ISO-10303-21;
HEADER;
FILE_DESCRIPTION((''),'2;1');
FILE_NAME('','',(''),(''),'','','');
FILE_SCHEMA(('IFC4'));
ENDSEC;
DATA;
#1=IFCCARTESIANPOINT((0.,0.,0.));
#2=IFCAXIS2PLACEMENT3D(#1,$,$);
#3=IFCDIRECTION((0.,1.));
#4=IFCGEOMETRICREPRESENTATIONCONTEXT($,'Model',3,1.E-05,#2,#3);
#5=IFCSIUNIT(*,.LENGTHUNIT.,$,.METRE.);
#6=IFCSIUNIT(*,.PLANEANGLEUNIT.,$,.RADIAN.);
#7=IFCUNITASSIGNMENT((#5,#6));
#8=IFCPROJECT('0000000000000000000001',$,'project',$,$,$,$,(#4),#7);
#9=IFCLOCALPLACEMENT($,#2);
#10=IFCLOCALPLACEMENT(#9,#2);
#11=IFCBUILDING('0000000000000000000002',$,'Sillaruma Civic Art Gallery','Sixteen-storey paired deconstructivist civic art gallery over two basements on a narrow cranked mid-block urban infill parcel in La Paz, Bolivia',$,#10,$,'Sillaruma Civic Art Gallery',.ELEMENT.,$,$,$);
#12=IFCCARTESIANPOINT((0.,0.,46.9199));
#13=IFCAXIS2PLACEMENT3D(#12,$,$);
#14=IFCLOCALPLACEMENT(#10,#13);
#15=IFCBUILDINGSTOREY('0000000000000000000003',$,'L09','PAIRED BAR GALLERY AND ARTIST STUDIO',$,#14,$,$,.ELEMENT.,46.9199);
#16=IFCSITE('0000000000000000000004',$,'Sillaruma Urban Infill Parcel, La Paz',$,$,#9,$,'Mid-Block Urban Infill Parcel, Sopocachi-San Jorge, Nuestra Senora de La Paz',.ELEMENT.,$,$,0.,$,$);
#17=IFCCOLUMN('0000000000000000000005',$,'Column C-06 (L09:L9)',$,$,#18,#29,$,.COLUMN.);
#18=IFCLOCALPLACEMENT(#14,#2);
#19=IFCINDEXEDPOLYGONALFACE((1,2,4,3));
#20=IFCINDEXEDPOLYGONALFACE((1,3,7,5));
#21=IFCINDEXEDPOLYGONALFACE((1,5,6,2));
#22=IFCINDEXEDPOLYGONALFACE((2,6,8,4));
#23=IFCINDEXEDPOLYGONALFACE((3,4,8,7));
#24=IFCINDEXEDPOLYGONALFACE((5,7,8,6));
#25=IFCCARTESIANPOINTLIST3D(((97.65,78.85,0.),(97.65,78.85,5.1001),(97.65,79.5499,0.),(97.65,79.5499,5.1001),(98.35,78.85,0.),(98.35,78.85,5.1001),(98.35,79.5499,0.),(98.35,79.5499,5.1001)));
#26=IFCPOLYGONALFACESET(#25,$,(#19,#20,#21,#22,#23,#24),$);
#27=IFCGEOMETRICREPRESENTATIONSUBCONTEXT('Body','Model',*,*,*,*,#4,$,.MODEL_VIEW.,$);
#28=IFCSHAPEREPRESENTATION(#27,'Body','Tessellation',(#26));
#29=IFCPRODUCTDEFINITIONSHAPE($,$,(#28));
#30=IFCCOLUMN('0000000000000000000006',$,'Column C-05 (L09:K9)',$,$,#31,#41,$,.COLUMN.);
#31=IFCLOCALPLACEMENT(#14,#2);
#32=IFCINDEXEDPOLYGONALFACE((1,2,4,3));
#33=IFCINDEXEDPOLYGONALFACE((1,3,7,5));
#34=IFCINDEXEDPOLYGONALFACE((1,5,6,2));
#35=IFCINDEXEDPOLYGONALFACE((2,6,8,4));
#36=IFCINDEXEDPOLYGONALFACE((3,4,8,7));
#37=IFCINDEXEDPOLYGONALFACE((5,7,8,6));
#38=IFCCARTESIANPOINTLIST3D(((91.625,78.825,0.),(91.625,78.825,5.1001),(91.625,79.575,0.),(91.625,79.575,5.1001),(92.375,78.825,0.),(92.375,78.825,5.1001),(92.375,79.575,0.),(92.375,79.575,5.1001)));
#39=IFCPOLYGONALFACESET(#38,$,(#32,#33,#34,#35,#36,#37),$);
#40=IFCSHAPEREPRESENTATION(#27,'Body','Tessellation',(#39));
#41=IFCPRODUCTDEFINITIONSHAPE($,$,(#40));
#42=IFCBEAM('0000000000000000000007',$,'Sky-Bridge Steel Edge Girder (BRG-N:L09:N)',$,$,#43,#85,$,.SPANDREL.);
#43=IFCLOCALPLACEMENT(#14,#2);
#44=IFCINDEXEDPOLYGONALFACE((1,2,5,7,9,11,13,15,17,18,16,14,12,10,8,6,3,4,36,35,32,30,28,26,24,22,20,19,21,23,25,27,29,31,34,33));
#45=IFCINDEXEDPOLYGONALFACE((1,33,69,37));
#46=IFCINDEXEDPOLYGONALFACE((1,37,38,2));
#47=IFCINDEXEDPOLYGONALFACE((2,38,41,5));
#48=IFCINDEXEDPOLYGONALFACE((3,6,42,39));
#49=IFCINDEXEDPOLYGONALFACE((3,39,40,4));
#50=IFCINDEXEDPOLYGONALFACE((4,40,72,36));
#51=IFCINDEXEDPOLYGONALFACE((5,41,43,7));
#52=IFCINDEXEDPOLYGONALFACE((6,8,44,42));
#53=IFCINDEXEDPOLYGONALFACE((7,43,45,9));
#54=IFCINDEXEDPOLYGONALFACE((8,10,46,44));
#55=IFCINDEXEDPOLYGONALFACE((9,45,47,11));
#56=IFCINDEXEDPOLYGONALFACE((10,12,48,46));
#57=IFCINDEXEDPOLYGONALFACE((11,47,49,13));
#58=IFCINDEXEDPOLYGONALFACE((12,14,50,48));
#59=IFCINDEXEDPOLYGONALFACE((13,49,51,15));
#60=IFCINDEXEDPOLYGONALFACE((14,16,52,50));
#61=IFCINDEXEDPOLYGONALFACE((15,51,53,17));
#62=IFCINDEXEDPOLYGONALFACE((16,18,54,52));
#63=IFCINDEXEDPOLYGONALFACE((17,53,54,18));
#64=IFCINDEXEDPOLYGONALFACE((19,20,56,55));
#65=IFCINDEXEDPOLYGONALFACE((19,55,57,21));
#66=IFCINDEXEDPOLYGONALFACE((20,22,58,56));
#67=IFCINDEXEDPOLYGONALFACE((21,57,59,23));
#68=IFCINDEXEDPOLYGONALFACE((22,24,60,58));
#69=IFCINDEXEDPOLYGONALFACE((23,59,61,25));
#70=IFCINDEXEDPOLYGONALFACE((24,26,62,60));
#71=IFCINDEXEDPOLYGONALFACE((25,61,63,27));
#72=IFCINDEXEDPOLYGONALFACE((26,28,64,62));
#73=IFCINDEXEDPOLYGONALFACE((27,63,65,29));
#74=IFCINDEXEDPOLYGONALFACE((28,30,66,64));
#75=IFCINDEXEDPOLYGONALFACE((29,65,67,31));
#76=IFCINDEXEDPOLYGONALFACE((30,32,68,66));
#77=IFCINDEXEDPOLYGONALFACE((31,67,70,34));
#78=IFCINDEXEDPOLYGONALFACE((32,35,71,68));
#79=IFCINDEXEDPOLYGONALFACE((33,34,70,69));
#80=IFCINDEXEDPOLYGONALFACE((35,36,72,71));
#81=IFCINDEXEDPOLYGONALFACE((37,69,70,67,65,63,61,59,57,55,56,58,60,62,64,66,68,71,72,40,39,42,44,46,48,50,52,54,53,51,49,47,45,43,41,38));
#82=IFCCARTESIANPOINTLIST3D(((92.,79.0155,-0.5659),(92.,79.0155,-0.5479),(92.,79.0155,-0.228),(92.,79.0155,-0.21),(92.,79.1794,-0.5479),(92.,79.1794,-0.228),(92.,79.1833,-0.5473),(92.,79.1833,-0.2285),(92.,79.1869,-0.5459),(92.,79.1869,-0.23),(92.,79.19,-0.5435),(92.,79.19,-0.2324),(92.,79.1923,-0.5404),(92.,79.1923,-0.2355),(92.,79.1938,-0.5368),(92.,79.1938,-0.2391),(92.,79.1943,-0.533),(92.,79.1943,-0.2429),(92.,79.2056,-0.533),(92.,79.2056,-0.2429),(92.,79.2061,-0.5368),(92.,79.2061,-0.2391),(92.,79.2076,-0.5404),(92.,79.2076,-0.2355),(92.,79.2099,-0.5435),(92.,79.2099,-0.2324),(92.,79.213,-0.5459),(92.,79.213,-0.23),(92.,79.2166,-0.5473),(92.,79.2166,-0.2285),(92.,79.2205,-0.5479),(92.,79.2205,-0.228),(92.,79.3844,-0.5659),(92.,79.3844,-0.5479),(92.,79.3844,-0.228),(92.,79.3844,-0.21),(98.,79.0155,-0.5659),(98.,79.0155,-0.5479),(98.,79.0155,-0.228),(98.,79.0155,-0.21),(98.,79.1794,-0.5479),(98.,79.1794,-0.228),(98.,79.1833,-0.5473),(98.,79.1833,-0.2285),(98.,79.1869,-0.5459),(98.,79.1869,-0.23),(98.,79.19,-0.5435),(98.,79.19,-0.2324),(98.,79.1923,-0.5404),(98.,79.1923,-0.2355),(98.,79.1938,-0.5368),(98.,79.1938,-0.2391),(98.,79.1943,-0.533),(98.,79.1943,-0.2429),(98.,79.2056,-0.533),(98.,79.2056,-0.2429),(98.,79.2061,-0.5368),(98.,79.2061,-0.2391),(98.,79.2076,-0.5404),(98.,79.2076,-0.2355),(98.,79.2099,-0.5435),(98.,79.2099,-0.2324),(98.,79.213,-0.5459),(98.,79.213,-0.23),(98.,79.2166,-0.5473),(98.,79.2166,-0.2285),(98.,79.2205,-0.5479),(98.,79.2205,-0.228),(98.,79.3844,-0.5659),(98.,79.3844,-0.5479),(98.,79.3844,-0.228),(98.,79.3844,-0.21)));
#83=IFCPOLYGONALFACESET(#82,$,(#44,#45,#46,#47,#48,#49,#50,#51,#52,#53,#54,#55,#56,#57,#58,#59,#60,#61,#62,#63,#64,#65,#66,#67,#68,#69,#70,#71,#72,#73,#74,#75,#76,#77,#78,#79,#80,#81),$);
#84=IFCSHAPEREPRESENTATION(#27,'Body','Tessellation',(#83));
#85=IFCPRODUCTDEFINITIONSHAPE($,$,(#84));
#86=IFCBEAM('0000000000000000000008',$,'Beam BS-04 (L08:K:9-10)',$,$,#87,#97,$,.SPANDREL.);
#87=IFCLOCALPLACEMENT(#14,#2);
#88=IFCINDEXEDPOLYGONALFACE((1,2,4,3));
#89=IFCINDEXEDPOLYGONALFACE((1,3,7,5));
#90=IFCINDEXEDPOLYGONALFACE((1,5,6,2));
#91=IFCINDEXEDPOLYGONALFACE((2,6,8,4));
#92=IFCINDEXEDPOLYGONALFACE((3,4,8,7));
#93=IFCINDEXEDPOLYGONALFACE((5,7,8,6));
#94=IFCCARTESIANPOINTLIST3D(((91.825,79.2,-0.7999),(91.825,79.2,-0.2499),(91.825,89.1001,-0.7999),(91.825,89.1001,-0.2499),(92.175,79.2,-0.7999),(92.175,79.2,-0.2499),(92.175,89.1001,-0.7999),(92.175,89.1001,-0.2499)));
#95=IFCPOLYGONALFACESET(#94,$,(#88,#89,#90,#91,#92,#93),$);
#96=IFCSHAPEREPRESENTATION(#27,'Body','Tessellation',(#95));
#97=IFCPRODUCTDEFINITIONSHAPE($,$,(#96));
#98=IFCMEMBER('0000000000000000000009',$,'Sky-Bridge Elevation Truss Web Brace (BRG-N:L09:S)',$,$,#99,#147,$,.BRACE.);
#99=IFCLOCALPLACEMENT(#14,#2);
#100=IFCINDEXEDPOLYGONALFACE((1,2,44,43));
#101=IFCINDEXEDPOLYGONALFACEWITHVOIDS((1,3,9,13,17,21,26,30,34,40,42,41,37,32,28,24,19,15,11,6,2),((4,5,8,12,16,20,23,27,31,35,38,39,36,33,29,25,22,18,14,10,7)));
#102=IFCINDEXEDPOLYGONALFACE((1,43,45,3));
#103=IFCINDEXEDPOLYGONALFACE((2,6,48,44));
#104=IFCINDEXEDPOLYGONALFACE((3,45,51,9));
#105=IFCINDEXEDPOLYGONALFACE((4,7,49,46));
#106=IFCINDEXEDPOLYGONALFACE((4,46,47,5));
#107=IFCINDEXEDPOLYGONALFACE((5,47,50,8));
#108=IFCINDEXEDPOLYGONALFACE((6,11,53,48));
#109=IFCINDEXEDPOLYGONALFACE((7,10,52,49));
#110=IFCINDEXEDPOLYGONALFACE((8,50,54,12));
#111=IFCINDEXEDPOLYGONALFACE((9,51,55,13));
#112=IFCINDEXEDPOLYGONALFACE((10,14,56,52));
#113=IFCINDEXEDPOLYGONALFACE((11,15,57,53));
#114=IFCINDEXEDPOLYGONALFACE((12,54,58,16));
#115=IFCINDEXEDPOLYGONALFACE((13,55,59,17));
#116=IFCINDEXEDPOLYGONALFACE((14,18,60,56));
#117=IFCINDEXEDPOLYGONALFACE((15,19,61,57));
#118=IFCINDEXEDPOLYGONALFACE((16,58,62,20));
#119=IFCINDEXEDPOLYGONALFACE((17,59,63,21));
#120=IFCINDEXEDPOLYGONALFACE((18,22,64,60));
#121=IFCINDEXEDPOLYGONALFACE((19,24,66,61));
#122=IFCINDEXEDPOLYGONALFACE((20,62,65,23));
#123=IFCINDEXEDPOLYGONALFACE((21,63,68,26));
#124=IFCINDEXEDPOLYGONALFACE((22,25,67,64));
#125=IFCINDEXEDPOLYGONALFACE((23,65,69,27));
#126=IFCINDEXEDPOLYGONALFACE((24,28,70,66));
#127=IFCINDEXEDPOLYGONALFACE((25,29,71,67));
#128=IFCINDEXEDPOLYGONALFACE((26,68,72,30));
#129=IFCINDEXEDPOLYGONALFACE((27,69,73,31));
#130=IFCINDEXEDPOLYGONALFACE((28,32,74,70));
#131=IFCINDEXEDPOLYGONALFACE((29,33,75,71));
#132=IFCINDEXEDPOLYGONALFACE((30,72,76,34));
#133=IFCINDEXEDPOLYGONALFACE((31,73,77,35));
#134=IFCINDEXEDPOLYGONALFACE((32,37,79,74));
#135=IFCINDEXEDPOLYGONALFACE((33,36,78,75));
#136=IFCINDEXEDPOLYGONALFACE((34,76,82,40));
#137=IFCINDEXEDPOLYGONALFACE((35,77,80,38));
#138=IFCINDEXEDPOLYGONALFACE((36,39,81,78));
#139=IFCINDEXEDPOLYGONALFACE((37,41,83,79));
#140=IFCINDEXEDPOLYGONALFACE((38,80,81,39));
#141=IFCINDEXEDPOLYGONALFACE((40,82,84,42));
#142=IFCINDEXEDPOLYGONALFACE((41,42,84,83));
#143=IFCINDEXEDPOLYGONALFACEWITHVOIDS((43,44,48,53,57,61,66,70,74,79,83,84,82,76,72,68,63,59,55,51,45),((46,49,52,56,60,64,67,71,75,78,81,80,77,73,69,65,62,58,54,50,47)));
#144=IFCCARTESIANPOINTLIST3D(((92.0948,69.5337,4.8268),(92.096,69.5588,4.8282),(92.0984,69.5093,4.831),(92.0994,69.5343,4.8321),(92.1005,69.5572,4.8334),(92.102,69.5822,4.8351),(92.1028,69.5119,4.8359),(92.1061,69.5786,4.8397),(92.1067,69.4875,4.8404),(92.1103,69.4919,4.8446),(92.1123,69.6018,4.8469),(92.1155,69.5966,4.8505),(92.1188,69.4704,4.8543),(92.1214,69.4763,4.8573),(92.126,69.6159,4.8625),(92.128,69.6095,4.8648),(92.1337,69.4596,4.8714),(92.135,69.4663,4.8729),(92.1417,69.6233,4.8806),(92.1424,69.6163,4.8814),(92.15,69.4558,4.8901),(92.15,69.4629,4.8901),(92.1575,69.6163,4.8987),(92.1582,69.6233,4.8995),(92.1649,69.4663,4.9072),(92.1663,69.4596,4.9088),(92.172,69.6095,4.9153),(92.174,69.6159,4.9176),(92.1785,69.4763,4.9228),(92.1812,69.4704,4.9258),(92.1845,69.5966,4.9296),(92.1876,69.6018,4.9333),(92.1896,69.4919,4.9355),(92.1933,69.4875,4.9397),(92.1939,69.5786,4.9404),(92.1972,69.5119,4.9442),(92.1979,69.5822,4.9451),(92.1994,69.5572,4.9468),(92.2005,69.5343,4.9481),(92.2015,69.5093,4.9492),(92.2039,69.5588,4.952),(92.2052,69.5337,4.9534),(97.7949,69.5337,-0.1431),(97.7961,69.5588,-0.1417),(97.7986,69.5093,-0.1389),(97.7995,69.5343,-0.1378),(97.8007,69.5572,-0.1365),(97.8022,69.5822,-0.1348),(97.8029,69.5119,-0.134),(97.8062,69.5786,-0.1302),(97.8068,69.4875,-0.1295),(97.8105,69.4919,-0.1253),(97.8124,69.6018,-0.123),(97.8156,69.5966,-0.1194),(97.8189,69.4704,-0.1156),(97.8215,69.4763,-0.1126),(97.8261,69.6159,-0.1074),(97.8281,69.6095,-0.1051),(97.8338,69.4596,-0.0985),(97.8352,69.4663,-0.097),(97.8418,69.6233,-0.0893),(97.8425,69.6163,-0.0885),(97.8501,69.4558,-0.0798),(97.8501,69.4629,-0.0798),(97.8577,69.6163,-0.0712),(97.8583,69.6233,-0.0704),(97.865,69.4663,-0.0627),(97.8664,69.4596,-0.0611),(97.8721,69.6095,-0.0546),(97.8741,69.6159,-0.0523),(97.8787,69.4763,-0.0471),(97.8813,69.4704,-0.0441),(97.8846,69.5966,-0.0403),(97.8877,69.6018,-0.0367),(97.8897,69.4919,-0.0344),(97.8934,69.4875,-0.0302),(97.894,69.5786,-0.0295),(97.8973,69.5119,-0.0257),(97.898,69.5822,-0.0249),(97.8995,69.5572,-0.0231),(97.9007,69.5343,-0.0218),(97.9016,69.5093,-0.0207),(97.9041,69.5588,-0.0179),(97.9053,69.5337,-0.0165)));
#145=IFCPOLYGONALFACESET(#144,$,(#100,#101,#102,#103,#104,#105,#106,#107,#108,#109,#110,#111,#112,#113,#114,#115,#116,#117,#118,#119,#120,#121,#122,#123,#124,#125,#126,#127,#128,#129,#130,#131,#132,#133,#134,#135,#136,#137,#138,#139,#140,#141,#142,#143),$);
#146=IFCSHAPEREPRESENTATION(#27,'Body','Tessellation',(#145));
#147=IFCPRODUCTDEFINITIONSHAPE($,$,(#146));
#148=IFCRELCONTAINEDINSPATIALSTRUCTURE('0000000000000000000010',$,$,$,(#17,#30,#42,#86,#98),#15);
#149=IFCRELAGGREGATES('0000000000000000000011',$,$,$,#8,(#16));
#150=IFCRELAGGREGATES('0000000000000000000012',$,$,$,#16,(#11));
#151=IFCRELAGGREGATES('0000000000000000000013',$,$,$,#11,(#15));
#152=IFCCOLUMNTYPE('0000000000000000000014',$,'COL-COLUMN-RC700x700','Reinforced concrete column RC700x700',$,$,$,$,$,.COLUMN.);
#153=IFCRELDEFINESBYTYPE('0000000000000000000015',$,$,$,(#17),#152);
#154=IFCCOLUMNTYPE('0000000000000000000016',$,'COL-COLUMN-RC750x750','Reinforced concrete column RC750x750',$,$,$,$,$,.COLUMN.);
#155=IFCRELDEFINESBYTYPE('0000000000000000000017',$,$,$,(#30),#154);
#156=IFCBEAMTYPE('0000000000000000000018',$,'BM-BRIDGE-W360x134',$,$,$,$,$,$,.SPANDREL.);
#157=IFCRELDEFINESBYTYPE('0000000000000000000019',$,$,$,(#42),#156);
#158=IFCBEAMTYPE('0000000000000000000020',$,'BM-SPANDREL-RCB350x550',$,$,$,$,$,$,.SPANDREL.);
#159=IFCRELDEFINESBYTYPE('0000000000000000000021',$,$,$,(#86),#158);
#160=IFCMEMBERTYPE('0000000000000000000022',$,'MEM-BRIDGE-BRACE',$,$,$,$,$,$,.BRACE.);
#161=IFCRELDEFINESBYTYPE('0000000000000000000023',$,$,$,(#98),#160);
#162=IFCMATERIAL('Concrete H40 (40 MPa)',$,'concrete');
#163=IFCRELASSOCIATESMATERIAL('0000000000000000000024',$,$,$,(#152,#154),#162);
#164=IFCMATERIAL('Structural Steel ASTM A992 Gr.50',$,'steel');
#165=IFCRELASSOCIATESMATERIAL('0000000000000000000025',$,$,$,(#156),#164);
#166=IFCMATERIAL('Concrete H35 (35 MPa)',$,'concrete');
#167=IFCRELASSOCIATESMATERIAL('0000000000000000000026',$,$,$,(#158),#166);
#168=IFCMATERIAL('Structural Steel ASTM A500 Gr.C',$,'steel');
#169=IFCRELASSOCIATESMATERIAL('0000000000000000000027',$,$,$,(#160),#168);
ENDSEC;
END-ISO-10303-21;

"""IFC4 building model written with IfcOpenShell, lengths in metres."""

from ifc_helpers import new_model, si_unit, direction, frame, origin, origin_2d, place, context, subcontext, project, spatial, rectangle, hollow_circle, i_section, extrude, material, material_profile, profile_set, type_object, element, save


model = new_model("IFC4")

# Units and contexts
model_context = context("Model", 3, precision=1e-05, world=origin(), true_north=direction((0.0, 1.0)))
body_context = subcontext(model_context, "Body", "Model", "MODEL_VIEW")
ifc_project = project(units=[si_unit("LENGTHUNIT", "METRE"), si_unit("PLANEANGLEUNIT", "RADIAN")], contexts=[model_context])

# Site, building, storey
site_placement = place(None, origin())
site = spatial("IfcSite", under=ifc_project, at=site_placement, Name="Sillaruma Urban Infill Parcel, La Paz", LongName="Mid-Block Urban Infill Parcel, Sopocachi-San Jorge, Nuestra Senora de La Paz", CompositionType="ELEMENT", RefElevation=0.0)
building_placement = place(site_placement, origin())
building = spatial("IfcBuilding", under=site, at=building_placement, Name="Sillaruma Civic Art Gallery", Description="Sixteen-storey paired deconstructivist civic art gallery over two basements on a narrow cranked mid-block urban infill parcel in La Paz, Bolivia", LongName="Sillaruma Civic Art Gallery", CompositionType="ELEMENT")
storey_placement = place(building_placement, frame((0.0, 0.0, 46.9199)))
storey = spatial("IfcBuildingStorey", under=building, at=storey_placement, Name="L09", Description="PAIRED BAR GALLERY AND ARTIST STUDIO", CompositionType="ELEMENT", Elevation=46.9199)

# Columns
ifc_material_1 = material(Name="Concrete H40 (40 MPa)", Category="concrete")
ifc_material_profile_1 = material_profile(ifc_material_1, rectangle(XDim=0.7, YDim=0.7, at=origin_2d()), Name="RC700x700")
ifc_profile_set_1 = profile_set([ifc_material_profile_1], Name="Concrete H40 (40 MPa)")
column_type_1 = type_object("IfcColumnType", Name="COL-COLUMN-RC700x700", Description="Reinforced concrete column RC700x700", PredefinedType="COLUMN", material=ifc_profile_set_1)
column_1_placement = place(storey_placement, frame((98.0, 79.2, 0.0), z_axis=(0.0, 0.0, 1.0), x_axis=(1.0, 0.0, 0.0)))
element("IfcColumn", 1, at=column_1_placement, inside=storey, type_object=column_type_1, Name="Column C-06 (L09:L9)", PredefinedType="COLUMN", context=body_context, shape_type="SweptSolid", body=[
    extrude(rectangle(XDim=0.7, YDim=0.7, at=origin_2d()), origin(), (0.0, 0.0, 1.0), 5.1001),
])
ifc_material_profile_2 = material_profile(ifc_material_1, rectangle(XDim=0.75, YDim=0.75, at=origin_2d()), Name="RC750x750")
ifc_profile_set_2 = profile_set([ifc_material_profile_2], Name="Concrete H40 (40 MPa)")
column_type_2 = type_object("IfcColumnType", Name="COL-COLUMN-RC750x750", Description="Reinforced concrete column RC750x750", PredefinedType="COLUMN", material=ifc_profile_set_2)
column_2_placement = place(storey_placement, frame((92.0, 79.2, 0.0), z_axis=(0.0, 0.0, 1.0), x_axis=(1.0, 0.0, 0.0)))
element("IfcColumn", 2, at=column_2_placement, inside=storey, type_object=column_type_2, Name="Column C-05 (L09:K9)", PredefinedType="COLUMN", context=body_context, shape_type="SweptSolid", body=[
    extrude(rectangle(XDim=0.75, YDim=0.75, at=origin_2d()), origin(), (0.0, 0.0, 1.0), 5.1001),
])

# Beams
ifc_material_2 = material(Name="Structural Steel ASTM A992 Gr.50", Category="steel")
ifc_material_profile_3 = material_profile(ifc_material_2, i_section(OverallWidth=0.3689, OverallDepth=0.356, WebThickness=0.0112, FlangeThickness=0.0181, FilletRadius=0.0149, at=origin_2d()), Name="W360x134")
ifc_profile_set_3 = profile_set([ifc_material_profile_3], Name="Structural Steel ASTM A992 Gr.50")
beam_type_1 = type_object("IfcBeamType", Name="BM-BRIDGE-W360x134", PredefinedType="SPANDREL", material=ifc_profile_set_3)
beam_1_placement = place(storey_placement, frame((92.0, 79.2, -0.3879), z_axis=(1.0, 0.0, 0.0), x_axis=(0.0, 1.0, 0.0)))
element("IfcBeam", 3, at=beam_1_placement, inside=storey, type_object=beam_type_1, Name="Sky-Bridge Steel Edge Girder (BRG-N:L09:N)", PredefinedType="SPANDREL", context=body_context, shape_type="SweptSolid", body=[
    extrude(i_section(OverallWidth=0.3689, OverallDepth=0.356, WebThickness=0.0112, FlangeThickness=0.0181, FilletRadius=0.0149, at=origin_2d()), origin(), (0.0, 0.0, 1.0), 6.0),
])
ifc_material_3 = material(Name="Concrete H35 (35 MPa)", Category="concrete")
ifc_material_profile_4 = material_profile(ifc_material_3, rectangle(XDim=0.3501, YDim=0.55, at=origin_2d()), Name="RCB350x550")
ifc_profile_set_4 = profile_set([ifc_material_profile_4], Name="Concrete H35 (35 MPa)")
beam_type_2 = type_object("IfcBeamType", Name="BM-SPANDREL-RCB350x550", PredefinedType="SPANDREL", material=ifc_profile_set_4)
beam_2_placement = place(storey_placement, frame((92.0, 79.2, -0.5249), z_axis=(0.0, 1.0, 0.0), x_axis=(-1.0, 0.0, 0.0)))
element("IfcBeam", 4, at=beam_2_placement, inside=storey, type_object=beam_type_2, Name="Beam BS-04 (L08:K:9-10)", PredefinedType="SPANDREL", context=body_context, shape_type="SweptSolid", body=[
    extrude(rectangle(XDim=0.3501, YDim=0.55, at=origin_2d()), origin(), (0.0, 0.0, 1.0), 9.9001),
])

# Member
ifc_material_4 = material(Name="Structural Steel ASTM A500 Gr.C", Category="steel")
ifc_material_profile_5 = material_profile(ifc_material_4, hollow_circle(Radius=0.0842, WallThickness=0.0071, at=origin_2d()), Name="CHS168.3x7.1")
ifc_profile_set_5 = profile_set([ifc_material_profile_5], Name="Structural Steel ASTM A500 Gr.C")
member_type_1 = type_object("IfcMemberType", Name="MEM-BRIDGE-BRACE", PredefinedType="BRACE", material=ifc_profile_set_5)
for number, where, z_axis, x_axis, name in (
    (5, (97.8501, 69.54, -0.0798), (-0.753735, 0.0, 0.657178), (0.0, -1.0, 0.0), "Sky-Bridge Elevation Truss Web Brace (BRG-N:L09:S)"),
):
    element("IfcMember", number, at=place(storey_placement, frame(where, z_axis=z_axis, x_axis=x_axis)), inside=storey, type_object=member_type_1, Name=name, PredefinedType="BRACE", context=body_context, shape_type="SweptSolid", body=[
        extrude(hollow_circle(Radius=0.0842, WallThickness=0.0071, at=origin_2d()), origin(), (0.0, 0.0, 1.0), 7.5625),
    ])

save(model, "model.ifc")
